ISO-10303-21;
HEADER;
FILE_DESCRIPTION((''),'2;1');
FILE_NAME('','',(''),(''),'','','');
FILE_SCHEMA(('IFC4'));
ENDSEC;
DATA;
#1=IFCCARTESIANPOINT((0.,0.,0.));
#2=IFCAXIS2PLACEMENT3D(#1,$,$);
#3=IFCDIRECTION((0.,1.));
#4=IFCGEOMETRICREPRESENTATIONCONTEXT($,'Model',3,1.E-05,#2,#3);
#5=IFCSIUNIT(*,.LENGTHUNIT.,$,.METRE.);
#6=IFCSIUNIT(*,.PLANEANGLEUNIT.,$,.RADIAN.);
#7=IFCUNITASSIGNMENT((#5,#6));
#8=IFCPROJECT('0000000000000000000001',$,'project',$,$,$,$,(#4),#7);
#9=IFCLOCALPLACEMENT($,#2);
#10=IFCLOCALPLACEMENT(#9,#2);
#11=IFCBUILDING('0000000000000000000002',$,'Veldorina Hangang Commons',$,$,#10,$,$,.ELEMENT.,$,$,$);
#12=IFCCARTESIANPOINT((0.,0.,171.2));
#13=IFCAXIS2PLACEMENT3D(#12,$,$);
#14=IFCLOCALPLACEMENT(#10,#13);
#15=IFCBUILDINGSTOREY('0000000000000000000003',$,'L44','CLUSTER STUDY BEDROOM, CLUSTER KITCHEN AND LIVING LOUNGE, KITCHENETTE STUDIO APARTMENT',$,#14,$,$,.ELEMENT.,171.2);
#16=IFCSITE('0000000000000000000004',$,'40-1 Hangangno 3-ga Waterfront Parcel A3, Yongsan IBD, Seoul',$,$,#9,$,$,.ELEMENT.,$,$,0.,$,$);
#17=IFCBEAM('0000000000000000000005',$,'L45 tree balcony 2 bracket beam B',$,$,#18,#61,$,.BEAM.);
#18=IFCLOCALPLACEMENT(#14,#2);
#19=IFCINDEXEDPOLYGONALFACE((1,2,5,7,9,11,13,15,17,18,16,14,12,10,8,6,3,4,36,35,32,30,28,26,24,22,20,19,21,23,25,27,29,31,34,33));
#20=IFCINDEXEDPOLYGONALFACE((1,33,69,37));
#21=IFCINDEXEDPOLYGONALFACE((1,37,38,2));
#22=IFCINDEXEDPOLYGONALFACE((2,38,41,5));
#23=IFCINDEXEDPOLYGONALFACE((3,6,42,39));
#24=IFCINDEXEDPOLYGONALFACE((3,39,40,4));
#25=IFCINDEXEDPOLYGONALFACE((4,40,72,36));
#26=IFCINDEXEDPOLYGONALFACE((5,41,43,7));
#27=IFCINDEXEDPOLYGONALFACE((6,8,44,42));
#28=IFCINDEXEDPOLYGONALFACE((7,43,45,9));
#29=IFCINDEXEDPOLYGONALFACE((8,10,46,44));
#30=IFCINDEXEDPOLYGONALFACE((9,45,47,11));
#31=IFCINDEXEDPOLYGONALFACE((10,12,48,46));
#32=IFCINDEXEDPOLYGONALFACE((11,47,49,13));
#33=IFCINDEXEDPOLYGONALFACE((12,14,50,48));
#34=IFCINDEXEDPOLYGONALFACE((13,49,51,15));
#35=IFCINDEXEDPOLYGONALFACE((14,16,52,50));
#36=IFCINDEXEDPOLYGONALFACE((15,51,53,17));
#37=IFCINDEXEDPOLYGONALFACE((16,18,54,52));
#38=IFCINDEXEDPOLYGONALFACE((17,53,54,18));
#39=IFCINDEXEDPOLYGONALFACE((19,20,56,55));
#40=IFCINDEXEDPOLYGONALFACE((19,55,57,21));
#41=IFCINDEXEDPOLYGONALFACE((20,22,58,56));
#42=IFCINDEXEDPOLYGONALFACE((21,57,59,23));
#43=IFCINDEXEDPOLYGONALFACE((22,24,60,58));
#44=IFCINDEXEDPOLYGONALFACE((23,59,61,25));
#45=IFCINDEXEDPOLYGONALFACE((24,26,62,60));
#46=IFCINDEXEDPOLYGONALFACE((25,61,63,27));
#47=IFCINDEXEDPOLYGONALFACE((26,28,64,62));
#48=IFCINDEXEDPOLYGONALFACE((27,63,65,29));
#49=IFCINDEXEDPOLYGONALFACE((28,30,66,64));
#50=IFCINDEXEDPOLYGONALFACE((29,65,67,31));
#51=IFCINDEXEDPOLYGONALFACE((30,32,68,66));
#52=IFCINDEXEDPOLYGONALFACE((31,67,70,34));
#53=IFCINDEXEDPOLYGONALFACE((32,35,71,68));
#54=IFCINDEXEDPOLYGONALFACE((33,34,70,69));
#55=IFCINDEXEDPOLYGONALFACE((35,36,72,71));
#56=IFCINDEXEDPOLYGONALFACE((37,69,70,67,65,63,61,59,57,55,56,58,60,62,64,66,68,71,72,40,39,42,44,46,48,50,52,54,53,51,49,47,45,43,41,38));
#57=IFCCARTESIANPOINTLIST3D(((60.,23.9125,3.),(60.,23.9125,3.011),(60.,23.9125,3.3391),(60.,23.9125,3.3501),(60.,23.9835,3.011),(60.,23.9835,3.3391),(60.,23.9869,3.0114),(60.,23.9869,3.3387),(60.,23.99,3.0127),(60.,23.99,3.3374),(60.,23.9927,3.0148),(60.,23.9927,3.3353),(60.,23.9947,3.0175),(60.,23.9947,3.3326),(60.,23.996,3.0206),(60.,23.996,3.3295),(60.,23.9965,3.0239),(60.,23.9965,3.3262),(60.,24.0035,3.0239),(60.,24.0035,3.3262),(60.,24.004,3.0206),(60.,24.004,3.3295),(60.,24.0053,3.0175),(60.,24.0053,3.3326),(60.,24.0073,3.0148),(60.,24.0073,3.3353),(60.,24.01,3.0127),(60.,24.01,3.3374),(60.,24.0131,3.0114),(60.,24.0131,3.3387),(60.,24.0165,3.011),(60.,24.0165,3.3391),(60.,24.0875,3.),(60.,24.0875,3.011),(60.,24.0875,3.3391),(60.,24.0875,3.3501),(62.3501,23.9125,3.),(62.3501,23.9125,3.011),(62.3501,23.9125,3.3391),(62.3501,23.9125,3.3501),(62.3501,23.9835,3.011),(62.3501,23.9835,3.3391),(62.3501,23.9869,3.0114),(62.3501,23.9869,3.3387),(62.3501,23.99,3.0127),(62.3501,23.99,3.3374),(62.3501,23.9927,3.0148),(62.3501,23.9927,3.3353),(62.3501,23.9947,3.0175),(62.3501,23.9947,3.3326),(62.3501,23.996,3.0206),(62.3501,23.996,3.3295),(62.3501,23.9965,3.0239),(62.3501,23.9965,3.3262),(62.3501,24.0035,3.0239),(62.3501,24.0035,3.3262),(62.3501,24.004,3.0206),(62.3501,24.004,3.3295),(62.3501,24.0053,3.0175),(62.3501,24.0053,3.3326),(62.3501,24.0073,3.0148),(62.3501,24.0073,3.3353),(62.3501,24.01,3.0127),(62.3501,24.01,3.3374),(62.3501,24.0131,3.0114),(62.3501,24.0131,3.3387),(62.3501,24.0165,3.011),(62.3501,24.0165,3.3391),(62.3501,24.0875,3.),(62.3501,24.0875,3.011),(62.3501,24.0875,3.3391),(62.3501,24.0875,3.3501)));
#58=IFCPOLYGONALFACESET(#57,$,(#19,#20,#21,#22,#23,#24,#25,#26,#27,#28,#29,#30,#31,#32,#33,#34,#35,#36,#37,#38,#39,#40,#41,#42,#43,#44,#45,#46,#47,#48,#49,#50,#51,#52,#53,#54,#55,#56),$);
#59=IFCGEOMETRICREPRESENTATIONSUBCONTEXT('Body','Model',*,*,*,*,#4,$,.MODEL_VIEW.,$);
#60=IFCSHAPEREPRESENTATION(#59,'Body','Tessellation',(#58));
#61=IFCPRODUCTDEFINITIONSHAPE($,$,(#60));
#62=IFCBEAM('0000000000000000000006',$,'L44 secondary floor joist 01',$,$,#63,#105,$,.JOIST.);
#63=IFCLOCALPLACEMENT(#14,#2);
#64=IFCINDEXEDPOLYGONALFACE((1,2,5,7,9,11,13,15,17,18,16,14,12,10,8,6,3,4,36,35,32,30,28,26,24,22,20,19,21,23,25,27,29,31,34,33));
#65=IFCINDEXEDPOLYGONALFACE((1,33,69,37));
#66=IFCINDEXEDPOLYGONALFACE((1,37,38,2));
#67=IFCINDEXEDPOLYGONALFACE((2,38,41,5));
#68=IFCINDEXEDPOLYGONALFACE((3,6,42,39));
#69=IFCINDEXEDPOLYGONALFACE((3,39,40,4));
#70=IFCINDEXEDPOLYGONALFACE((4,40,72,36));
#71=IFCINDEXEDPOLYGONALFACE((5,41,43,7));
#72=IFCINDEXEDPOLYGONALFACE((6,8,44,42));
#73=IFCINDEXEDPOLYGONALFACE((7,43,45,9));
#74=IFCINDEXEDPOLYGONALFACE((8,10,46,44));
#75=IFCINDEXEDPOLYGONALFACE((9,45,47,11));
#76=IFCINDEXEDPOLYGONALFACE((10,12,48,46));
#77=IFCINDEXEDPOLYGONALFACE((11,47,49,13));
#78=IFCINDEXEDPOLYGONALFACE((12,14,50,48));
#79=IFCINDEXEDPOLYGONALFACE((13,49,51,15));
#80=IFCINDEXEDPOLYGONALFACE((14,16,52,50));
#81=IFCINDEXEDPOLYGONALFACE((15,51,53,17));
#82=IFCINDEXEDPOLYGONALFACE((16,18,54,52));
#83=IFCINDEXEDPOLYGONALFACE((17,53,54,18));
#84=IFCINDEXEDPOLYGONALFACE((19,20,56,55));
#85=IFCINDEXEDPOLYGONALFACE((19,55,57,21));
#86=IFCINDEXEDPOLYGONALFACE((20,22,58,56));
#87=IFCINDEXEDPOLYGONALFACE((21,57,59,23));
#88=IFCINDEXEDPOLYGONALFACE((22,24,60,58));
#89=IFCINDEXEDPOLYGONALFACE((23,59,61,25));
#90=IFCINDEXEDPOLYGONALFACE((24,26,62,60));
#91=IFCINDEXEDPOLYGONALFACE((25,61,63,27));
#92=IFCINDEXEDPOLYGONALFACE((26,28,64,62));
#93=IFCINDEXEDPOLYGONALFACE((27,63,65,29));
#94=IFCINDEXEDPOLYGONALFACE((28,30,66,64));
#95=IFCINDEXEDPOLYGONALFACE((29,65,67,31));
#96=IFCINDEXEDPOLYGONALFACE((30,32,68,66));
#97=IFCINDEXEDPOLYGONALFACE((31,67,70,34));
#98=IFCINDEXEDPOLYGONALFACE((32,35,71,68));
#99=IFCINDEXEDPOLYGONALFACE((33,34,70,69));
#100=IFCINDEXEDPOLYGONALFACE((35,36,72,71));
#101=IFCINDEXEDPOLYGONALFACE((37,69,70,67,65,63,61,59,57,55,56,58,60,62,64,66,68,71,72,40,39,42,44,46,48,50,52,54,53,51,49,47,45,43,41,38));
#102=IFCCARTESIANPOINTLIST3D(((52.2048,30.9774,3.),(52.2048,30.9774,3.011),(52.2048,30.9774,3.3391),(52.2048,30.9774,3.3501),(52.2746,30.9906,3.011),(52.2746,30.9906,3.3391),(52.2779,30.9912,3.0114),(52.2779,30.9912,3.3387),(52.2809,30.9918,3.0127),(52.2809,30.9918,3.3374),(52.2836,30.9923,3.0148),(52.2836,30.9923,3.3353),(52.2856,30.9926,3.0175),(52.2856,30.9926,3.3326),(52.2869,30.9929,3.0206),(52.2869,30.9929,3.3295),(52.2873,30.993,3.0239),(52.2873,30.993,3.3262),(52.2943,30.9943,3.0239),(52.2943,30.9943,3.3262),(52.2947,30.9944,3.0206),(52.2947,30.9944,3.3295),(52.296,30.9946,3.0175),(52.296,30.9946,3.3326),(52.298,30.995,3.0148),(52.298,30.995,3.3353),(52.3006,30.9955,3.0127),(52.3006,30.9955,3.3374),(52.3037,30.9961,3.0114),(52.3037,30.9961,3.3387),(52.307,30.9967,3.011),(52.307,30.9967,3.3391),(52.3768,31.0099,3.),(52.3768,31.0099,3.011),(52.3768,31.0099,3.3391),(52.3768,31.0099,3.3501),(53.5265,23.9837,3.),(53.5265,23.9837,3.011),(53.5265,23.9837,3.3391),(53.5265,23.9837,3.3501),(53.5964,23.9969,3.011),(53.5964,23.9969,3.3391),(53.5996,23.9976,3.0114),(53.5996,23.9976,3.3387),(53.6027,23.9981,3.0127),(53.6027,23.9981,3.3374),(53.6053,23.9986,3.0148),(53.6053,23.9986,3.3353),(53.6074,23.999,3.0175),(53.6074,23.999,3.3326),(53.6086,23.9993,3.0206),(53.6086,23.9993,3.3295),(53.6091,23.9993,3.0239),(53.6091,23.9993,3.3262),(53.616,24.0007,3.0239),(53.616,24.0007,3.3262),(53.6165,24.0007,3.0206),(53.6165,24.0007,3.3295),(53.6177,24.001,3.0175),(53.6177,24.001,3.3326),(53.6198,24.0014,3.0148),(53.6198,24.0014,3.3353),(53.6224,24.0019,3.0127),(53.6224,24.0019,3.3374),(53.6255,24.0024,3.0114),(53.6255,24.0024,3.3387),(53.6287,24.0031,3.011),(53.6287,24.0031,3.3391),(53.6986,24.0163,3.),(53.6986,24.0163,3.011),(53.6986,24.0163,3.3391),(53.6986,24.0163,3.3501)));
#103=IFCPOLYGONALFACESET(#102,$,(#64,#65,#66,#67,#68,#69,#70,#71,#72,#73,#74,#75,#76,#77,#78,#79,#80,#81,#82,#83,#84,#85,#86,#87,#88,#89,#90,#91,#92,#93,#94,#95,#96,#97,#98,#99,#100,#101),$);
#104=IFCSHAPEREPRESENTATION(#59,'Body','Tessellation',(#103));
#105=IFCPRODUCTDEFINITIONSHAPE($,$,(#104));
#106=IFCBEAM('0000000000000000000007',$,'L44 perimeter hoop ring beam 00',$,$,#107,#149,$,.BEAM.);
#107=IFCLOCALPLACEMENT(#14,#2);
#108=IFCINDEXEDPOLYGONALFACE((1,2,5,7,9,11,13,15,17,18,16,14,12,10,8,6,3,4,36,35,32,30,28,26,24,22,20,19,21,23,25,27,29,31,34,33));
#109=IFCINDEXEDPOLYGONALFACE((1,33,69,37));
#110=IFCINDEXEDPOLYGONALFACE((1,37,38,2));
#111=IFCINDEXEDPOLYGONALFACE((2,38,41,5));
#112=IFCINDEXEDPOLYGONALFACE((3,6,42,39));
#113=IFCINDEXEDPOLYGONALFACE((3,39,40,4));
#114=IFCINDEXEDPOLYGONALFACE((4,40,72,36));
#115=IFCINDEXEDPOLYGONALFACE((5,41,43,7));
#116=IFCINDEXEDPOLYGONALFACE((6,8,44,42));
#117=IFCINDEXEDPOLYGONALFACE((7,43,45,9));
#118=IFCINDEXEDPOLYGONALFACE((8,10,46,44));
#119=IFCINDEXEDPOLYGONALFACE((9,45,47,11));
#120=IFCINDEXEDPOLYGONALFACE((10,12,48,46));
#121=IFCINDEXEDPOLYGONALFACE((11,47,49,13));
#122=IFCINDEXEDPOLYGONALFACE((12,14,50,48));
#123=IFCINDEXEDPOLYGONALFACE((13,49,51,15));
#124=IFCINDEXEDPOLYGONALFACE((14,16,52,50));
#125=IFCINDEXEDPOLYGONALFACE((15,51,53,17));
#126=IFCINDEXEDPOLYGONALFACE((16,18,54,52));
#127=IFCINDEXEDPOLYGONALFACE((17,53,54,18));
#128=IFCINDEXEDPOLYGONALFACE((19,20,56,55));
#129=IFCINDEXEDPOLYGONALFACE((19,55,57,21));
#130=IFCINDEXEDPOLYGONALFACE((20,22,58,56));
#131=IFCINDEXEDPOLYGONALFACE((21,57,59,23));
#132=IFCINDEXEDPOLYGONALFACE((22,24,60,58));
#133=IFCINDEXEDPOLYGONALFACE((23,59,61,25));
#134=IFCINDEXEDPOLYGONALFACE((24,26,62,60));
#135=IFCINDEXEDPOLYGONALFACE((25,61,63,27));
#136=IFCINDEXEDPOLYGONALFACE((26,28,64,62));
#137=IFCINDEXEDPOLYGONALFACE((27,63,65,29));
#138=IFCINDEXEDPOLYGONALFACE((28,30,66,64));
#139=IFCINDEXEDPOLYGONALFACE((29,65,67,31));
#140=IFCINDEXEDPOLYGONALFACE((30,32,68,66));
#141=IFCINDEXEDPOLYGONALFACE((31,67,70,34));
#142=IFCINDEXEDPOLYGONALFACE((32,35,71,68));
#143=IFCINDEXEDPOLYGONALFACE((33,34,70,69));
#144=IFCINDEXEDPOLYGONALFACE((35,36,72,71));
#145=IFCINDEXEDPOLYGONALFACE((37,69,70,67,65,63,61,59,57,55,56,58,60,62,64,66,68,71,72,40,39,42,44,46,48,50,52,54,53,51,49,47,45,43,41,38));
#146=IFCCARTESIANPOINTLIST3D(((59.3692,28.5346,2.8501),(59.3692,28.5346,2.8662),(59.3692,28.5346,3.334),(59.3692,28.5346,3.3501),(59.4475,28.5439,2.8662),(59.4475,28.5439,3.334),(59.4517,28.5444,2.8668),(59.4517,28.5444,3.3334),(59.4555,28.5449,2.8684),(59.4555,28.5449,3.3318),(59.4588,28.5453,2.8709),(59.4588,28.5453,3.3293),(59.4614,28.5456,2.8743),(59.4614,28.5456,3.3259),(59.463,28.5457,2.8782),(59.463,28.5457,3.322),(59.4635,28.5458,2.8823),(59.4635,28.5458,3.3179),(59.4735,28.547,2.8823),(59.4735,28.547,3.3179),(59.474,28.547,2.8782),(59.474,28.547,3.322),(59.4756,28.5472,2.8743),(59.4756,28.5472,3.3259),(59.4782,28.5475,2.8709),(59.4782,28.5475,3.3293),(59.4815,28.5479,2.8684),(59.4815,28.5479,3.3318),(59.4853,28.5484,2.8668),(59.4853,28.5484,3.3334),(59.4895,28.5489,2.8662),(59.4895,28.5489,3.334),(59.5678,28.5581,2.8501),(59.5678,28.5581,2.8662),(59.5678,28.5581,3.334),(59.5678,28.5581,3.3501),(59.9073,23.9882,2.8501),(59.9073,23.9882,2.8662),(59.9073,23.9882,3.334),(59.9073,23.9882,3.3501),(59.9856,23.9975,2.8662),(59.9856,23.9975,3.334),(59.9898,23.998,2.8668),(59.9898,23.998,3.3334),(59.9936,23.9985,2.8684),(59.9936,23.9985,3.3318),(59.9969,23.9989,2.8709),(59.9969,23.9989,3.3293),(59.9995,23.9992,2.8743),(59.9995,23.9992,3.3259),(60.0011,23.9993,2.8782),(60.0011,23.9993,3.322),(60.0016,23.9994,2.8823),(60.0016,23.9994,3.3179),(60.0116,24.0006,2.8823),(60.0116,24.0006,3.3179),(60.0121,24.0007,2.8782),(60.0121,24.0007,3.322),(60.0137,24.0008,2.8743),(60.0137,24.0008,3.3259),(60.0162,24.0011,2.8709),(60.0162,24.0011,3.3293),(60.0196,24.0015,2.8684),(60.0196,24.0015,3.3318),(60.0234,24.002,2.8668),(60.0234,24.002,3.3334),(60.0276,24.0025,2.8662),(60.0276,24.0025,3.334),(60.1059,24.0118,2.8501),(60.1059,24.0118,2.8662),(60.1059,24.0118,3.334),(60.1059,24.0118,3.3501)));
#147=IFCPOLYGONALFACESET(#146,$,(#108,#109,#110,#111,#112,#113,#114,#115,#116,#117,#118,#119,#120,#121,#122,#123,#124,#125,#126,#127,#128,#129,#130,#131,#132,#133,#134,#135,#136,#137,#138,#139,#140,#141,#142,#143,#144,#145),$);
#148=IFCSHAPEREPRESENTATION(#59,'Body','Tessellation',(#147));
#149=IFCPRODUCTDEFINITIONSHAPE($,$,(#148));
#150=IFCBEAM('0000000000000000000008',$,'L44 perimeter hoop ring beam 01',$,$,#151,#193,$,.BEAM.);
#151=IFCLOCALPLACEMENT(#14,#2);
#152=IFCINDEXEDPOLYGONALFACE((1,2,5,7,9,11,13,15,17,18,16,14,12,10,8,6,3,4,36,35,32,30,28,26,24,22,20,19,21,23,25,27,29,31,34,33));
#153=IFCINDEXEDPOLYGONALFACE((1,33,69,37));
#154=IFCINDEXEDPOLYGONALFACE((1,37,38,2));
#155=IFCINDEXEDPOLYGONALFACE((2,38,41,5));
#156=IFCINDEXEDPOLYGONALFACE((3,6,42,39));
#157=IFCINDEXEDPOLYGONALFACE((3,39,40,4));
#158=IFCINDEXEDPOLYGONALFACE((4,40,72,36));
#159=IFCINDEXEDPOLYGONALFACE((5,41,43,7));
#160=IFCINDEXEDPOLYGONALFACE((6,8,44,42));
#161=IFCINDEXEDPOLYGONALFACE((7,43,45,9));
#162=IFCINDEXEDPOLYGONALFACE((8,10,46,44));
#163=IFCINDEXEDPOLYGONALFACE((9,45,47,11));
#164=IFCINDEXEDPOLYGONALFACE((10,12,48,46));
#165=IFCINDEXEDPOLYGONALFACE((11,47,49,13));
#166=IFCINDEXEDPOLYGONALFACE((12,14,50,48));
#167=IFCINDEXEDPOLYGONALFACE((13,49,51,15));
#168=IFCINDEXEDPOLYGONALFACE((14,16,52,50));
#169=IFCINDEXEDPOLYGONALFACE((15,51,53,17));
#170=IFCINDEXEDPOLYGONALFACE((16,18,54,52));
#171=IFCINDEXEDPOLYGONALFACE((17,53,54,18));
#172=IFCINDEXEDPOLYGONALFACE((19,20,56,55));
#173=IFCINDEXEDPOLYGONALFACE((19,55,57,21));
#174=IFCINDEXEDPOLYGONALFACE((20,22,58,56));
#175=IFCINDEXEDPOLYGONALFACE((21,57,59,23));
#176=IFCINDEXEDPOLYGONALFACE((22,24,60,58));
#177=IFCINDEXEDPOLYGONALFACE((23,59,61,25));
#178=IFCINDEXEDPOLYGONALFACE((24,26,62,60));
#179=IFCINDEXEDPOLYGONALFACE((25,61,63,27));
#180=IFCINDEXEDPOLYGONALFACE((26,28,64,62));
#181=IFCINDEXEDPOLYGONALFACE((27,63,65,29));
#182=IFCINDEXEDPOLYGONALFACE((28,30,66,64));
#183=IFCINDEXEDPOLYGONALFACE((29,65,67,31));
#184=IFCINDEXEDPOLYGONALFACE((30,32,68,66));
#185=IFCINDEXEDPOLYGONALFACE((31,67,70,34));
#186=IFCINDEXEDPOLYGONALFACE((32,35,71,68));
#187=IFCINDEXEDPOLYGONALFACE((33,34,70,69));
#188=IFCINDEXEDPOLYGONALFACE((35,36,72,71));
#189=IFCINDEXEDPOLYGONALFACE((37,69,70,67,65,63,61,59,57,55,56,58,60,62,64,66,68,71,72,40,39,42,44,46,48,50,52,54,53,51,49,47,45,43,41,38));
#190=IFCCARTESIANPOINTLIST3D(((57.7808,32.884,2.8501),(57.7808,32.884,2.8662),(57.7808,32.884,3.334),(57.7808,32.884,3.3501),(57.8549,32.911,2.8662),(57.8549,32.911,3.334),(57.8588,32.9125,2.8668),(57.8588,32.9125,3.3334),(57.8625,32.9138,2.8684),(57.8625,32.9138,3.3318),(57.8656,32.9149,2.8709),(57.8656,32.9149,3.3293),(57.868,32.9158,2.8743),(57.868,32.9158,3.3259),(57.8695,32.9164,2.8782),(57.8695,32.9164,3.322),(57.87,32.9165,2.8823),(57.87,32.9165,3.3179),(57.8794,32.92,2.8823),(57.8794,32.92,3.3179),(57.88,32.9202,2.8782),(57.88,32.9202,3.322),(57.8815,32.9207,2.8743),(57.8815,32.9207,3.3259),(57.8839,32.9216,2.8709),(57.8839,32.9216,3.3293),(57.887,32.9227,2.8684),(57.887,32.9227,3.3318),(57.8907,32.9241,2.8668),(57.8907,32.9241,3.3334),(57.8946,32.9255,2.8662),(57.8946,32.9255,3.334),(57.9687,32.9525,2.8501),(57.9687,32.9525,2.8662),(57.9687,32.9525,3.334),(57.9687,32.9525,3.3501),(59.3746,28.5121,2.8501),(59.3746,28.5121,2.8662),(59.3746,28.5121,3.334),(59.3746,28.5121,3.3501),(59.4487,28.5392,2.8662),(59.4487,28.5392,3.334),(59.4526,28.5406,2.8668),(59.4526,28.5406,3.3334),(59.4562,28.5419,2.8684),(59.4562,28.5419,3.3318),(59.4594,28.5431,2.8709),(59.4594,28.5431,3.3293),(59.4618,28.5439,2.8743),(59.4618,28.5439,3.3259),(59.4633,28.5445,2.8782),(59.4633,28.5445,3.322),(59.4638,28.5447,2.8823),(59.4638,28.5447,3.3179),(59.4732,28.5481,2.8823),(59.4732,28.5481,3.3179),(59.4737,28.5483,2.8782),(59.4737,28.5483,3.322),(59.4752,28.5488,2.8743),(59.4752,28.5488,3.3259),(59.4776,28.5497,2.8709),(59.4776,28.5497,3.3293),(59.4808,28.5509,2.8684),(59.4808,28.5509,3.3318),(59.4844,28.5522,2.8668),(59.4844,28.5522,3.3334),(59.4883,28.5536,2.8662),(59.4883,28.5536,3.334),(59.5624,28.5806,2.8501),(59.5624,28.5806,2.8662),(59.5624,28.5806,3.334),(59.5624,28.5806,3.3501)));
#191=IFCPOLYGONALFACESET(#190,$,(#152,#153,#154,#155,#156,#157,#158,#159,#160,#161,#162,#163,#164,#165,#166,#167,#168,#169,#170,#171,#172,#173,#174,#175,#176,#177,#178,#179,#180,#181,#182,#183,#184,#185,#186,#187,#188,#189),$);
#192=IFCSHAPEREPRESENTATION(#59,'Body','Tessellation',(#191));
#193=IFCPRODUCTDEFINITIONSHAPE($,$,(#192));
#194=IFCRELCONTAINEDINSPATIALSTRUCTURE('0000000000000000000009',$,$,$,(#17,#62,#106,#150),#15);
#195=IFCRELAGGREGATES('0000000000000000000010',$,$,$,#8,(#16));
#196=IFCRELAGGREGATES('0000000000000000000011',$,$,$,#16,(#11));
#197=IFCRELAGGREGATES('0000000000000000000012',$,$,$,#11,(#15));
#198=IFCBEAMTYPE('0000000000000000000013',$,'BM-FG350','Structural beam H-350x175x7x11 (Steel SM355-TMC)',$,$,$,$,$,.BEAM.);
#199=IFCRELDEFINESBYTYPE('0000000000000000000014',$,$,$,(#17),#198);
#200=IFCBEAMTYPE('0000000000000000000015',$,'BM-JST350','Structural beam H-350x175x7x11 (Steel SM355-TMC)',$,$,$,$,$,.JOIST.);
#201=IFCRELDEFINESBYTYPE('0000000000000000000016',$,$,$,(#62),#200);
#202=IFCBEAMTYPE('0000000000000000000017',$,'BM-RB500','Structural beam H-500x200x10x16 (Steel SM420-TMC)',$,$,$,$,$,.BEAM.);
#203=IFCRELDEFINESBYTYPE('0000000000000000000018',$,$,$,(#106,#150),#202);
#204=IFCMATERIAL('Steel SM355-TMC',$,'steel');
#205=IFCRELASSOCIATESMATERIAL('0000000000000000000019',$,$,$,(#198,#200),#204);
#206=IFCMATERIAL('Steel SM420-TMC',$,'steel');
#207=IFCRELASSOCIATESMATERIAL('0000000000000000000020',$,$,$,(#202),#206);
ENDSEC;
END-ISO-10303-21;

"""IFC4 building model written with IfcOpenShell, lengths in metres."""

from ifc_helpers import new_model, si_unit, direction, frame, origin, origin_2d, place, context, subcontext, project, spatial, i_section, extrude, material, material_profile, profile_set, type_object, element, save


model = new_model("IFC4")

# Units and contexts
model_context = context("Model", 3, precision=1e-05, world=origin(), true_north=direction((0.0, 1.0)))
body_context = subcontext(model_context, "Body", "Model", "MODEL_VIEW")
ifc_project = project(units=[si_unit("LENGTHUNIT", "METRE"), si_unit("PLANEANGLEUNIT", "RADIAN")], contexts=[model_context])

# Site, building, storey
site_placement = place(None, origin())
site = spatial("IfcSite", under=ifc_project, at=site_placement, Name="40-1 Hangangno 3-ga Waterfront Parcel A3, Yongsan IBD, Seoul", CompositionType="ELEMENT", RefElevation=0.0)
building_placement = place(site_placement, origin())
building = spatial("IfcBuilding", under=site, at=building_placement, Name="Veldorina Hangang Commons", CompositionType="ELEMENT")
storey_placement = place(building_placement, frame((0.0, 0.0, 171.2)))
storey = spatial("IfcBuildingStorey", under=building, at=storey_placement, Name="L44", Description="CLUSTER STUDY BEDROOM, CLUSTER KITCHEN AND LIVING LOUNGE, KITCHENETTE STUDIO APARTMENT", CompositionType="ELEMENT", Elevation=171.2)

# Beams
ifc_material_1 = material(Name="Steel SM355-TMC", Category="steel")
ifc_material_profile_1 = material_profile(ifc_material_1, i_section(OverallWidth=0.175, OverallDepth=0.3501, WebThickness=0.0071, FlangeThickness=0.011, FilletRadius=0.0129, at=origin_2d()), Name="H-350x175x7x11")
ifc_profile_set_1 = profile_set([ifc_material_profile_1], Name="Steel SM355-TMC")
beam_type_1 = type_object("IfcBeamType", Name="BM-FG350", Description="Structural beam H-350x175x7x11 (Steel SM355-TMC)", PredefinedType="BEAM", material=ifc_profile_set_1)
beam_1_placement = place(storey_placement, frame((60.0, 24.0, 3.175), z_axis=(1.0, 0.0, 0.0), x_axis=(0.0, 1.0, 0.0)))
element("IfcBeam", 1, at=beam_1_placement, inside=storey, type_object=beam_type_1, Name="L45 tree balcony 2 bracket beam B", PredefinedType="BEAM", context=body_context, shape_type="SweptSolid", body=[
    extrude(i_section(OverallWidth=0.175, OverallDepth=0.3501, WebThickness=0.0071, FlangeThickness=0.011, FilletRadius=0.0129, at=origin_2d()), origin(), (0.0, 0.0, 1.0), 2.3501),
])
ifc_material_profile_2 = material_profile(ifc_material_1, i_section(OverallWidth=0.175, OverallDepth=0.3501, WebThickness=0.0071, FlangeThickness=0.011, FilletRadius=0.0129, at=origin_2d()), Name="H-350x175x7x11")
ifc_profile_set_2 = profile_set([ifc_material_profile_2], Name="Steel SM355-TMC")
beam_type_2 = type_object("IfcBeamType", Name="BM-JST350", Description="Structural beam H-350x175x7x11 (Steel SM355-TMC)", PredefinedType="JOIST", material=ifc_profile_set_2)
beam_2_placement = place(storey_placement, frame((53.6125, 24.0, 3.175), z_axis=(-0.185709, 0.982605, 0.0), x_axis=(-0.982605, -0.185709, 0.0)))
element("IfcBeam", 2, at=beam_2_placement, inside=storey, type_object=beam_type_2, Name="L44 secondary floor joist 01", PredefinedType="JOIST", context=body_context, shape_type="SweptSolid", body=[
    extrude(i_section(OverallWidth=0.175, OverallDepth=0.3501, WebThickness=0.0071, FlangeThickness=0.011, FilletRadius=0.0129, at=origin_2d()), origin(), (0.0, 0.0, 1.0), 7.1174),
])
ifc_material_2 = material(Name="Steel SM420-TMC", Category="steel")
ifc_material_profile_3 = material_profile(ifc_material_2, i_section(OverallWidth=0.2, OverallDepth=0.5, WebThickness=0.01, FlangeThickness=0.0161, FilletRadius=0.0161, at=origin_2d()), Name="H-500x200x10x16")
ifc_profile_set_3 = profile_set([ifc_material_profile_3], Name="Steel SM420-TMC")
beam_type_3 = type_object("IfcBeamType", Name="BM-RB500", Description="Structural beam H-500x200x10x16 (Steel SM420-TMC)", PredefinedType="BEAM", material=ifc_profile_set_3)
beam_3_placement = place(storey_placement, frame((60.0066, 24.0, 3.1001), z_axis=(-0.117534, 0.993069, 0.0), x_axis=(-0.993069, -0.117534, 0.0)))
element("IfcBeam", 3, at=beam_3_placement, inside=storey, type_object=beam_type_3, Name="L44 perimeter hoop ring beam 00", PredefinedType="BEAM", context=body_context, shape_type="SweptSolid", body=[
    extrude(i_section(OverallWidth=0.2, OverallDepth=0.5, WebThickness=0.01, FlangeThickness=0.0161, FilletRadius=0.0161, at=origin_2d()), origin(), (0.0, 0.0, 1.0), 4.5781),
])
beam_4_placement = place(storey_placement, frame((59.4685, 28.5464, 3.1001), z_axis=(-0.342501, 0.939517, 0.0), x_axis=(-0.939517, -0.342501, 0.0)))
element("IfcBeam", 4, at=beam_4_placement, inside=storey, type_object=beam_type_3, Name="L44 perimeter hoop ring beam 01", PredefinedType="BEAM", context=body_context, shape_type="SweptSolid", body=[
    extrude(i_section(OverallWidth=0.2, OverallDepth=0.5, WebThickness=0.01, FlangeThickness=0.0161, FilletRadius=0.0161, at=origin_2d()), origin(), (0.0, 0.0, 1.0), 4.6533),
])

save(model, "model.ifc")
